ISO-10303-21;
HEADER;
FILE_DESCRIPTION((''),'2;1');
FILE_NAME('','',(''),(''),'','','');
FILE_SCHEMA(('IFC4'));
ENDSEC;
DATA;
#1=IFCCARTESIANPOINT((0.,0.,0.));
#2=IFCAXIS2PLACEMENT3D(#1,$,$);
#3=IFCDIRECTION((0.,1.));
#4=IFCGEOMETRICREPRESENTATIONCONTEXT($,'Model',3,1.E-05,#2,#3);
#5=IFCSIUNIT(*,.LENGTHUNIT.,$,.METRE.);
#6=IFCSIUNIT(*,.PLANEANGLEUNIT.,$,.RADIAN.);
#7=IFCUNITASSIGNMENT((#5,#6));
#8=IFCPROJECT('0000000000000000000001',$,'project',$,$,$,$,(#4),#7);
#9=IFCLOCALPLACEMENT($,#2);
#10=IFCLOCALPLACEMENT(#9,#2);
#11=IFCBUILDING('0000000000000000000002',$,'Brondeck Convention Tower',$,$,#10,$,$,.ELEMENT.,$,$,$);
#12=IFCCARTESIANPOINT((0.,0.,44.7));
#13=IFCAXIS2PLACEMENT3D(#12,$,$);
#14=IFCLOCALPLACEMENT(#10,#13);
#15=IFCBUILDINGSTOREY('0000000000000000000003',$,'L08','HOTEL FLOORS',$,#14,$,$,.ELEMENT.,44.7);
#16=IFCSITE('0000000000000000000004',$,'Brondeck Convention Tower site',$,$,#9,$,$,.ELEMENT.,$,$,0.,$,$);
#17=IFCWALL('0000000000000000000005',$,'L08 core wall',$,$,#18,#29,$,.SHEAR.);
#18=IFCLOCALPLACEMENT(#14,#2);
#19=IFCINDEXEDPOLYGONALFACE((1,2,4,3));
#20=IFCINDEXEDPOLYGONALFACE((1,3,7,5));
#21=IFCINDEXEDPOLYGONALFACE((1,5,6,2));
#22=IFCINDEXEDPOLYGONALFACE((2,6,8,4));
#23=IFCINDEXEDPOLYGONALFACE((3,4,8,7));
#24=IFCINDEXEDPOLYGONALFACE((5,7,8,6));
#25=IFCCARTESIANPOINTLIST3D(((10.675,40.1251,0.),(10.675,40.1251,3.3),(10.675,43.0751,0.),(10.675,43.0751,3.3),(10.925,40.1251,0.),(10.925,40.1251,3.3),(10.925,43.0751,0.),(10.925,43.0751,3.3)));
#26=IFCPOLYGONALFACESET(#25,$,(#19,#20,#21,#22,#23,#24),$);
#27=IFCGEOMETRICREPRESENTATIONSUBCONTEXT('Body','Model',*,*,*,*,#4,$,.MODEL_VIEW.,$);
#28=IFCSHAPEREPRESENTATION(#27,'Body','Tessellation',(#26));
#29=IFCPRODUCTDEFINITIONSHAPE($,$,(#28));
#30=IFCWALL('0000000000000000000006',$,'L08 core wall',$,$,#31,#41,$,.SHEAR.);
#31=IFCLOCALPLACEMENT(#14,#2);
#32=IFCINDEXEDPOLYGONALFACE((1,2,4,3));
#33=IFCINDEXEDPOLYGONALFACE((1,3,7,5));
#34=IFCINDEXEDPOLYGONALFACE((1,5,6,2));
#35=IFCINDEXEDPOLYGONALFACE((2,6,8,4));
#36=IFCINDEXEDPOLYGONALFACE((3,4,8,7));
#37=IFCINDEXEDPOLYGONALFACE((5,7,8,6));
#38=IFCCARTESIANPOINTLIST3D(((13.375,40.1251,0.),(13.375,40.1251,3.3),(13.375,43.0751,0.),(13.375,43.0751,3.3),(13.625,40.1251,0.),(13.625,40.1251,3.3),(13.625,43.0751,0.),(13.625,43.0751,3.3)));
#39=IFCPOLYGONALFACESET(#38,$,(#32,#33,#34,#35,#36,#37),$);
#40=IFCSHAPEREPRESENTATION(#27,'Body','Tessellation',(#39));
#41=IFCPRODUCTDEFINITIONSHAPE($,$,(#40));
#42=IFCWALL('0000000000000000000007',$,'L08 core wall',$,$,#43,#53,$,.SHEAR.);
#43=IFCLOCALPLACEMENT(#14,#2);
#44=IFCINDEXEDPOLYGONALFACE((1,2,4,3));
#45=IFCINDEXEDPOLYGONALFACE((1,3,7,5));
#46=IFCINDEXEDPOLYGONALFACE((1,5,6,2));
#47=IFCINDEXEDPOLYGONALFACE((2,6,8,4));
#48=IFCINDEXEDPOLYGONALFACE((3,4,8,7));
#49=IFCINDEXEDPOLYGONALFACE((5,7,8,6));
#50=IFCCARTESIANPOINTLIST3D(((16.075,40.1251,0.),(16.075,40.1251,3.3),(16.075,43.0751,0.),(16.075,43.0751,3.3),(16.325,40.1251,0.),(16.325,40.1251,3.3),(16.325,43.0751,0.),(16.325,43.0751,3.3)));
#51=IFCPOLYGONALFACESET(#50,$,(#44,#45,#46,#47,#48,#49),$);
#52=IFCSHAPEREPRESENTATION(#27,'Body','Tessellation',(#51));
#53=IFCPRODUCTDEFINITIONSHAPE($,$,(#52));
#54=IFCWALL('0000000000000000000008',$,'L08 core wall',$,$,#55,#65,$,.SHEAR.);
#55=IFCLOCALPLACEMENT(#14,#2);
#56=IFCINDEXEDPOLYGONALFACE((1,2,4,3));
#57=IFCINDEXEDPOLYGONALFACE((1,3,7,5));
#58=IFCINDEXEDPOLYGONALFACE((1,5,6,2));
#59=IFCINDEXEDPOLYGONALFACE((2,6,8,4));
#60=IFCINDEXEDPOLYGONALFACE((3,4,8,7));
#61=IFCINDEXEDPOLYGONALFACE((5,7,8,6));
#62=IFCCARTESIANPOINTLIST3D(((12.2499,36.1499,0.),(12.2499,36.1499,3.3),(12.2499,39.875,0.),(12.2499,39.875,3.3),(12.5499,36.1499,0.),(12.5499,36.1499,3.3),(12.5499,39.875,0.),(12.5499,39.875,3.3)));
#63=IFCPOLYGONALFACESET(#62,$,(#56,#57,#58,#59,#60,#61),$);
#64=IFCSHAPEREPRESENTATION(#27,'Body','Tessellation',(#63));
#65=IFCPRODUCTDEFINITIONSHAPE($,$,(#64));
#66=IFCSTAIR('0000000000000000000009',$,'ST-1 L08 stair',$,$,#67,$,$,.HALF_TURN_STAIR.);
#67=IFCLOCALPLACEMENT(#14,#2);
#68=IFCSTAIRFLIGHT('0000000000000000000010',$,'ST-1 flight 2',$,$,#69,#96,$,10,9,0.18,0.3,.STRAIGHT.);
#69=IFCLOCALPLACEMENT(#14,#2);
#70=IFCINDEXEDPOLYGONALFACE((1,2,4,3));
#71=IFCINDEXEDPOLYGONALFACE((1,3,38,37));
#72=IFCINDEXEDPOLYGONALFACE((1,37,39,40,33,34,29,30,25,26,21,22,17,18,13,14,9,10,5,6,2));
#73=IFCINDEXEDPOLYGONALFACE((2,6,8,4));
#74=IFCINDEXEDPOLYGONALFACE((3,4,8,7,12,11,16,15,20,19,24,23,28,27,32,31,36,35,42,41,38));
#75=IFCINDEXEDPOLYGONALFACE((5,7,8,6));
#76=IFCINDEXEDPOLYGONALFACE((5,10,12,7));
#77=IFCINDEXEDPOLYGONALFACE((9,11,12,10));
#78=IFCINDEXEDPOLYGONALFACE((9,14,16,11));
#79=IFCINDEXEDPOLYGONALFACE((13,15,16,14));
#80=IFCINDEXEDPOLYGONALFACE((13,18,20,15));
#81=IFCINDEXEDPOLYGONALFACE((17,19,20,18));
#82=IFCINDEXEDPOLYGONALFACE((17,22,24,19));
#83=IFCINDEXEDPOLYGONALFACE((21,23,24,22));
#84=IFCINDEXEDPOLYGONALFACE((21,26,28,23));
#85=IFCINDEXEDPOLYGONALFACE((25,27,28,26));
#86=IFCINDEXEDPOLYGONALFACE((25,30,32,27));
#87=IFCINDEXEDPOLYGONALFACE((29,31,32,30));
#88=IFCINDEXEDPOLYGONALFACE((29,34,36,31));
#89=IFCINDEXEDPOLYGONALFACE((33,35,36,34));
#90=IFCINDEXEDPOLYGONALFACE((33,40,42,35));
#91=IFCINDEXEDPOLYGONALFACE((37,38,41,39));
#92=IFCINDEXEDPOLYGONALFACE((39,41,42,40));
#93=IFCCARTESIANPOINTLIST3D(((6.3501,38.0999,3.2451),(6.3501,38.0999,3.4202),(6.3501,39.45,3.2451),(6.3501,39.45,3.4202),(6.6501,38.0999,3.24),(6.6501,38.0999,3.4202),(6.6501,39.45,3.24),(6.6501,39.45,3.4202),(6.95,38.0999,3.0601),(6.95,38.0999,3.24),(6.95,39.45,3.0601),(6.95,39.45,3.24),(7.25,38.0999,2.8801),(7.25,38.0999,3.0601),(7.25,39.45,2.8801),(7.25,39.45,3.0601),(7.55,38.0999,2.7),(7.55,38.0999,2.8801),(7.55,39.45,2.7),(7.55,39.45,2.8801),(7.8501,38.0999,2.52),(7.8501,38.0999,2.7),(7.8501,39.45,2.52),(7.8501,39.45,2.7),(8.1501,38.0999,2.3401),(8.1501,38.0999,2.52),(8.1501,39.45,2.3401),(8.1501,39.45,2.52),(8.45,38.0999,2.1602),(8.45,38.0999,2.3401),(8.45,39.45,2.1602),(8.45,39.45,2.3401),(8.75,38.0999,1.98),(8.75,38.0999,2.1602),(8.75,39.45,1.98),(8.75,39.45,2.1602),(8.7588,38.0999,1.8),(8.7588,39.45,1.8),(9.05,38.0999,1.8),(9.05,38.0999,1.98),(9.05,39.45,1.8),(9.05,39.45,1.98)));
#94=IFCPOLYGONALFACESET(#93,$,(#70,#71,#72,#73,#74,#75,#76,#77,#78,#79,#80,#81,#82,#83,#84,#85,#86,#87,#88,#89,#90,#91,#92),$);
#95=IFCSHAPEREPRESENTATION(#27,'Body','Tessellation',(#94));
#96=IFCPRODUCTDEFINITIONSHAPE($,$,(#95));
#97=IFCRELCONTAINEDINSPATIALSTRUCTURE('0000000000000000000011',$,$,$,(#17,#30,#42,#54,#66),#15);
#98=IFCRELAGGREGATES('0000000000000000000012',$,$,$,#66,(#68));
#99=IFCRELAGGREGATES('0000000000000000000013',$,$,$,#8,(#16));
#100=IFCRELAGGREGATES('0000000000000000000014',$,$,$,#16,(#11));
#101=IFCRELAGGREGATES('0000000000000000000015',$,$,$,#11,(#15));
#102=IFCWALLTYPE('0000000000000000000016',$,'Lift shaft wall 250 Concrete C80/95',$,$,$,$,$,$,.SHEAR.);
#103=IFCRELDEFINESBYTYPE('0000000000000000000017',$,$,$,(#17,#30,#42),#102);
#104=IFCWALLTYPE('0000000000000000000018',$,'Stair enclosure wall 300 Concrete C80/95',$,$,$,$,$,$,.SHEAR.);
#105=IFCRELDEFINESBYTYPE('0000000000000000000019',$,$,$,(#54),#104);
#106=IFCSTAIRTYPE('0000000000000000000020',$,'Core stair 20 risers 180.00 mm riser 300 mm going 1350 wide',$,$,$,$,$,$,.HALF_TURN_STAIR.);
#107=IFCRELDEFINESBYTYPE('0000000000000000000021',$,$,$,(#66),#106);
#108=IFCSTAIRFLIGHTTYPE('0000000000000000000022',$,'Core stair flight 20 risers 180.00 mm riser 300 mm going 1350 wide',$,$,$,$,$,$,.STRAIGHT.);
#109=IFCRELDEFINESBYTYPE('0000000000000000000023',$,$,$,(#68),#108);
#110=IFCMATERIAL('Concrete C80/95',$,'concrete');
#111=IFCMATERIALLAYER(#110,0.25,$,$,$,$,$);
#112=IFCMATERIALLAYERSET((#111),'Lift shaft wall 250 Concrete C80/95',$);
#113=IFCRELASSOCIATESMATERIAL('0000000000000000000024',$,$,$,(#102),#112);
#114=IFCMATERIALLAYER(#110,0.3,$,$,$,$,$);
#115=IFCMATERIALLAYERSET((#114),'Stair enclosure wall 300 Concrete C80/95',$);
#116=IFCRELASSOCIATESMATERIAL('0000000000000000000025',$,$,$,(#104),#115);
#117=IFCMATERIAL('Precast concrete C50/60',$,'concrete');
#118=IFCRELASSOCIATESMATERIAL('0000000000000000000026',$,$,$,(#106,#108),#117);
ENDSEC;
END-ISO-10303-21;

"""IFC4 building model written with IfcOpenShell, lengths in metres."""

from ifc_helpers import new_model, si_unit, direction, frame, frame_2d, origin, place, context, subcontext, project, spatial, polyline, rectangle, outline, extrude, material, layer, layer_set, type_object, element, aggregate, save


model = new_model("IFC4")

# Units and contexts
model_context = context("Model", 3, precision=1e-05, world=origin(), true_north=direction((0.0, 1.0)))
body_context = subcontext(model_context, "Body", "Model", "MODEL_VIEW")
ifc_project = project(units=[si_unit("LENGTHUNIT", "METRE"), si_unit("PLANEANGLEUNIT", "RADIAN")], contexts=[model_context])

# Site, building, storey
site_placement = place(None, origin())
site = spatial("IfcSite", under=ifc_project, at=site_placement, Name="Brondeck Convention Tower site", CompositionType="ELEMENT", RefElevation=0.0)
building_placement = place(site_placement, origin())
building = spatial("IfcBuilding", under=site, at=building_placement, Name="Brondeck Convention Tower", CompositionType="ELEMENT")
storey_placement = place(building_placement, frame((0.0, 0.0, 44.7)))
storey = spatial("IfcBuildingStorey", under=building, at=storey_placement, Name="L08", Description="HOTEL FLOORS", CompositionType="ELEMENT", Elevation=44.7)

# Shared definitions
ifc_material_1 = material(Name="Concrete C80/95", Category="concrete")

# Walls
ifc_layer_1 = layer(ifc_material_1, 0.25)
ifc_layer_set_1 = layer_set([ifc_layer_1], Name="Lift shaft wall 250 Concrete C80/95")
wall_type_1 = type_object("IfcWallType", Name="Lift shaft wall 250 Concrete C80/95", PredefinedType="SHEAR", material=ifc_layer_set_1)
for number, where, z_axis, x_axis, name in (
    (1, (10.8, 40.125, 0.0), (0.0, 0.0, 1.0), (0.0, 1.0, 0.0), "L08 core wall"),
    (2, (13.5, 40.125, 0.0), (0.0, 0.0, 1.0), (0.0, 1.0, 0.0), "L08 core wall"),
    (3, (16.2, 40.125, 0.0), (0.0, 0.0, 1.0), (0.0, 1.0, 0.0), "L08 core wall"),
):
    element("IfcWall", number, at=place(storey_placement, frame(where, z_axis=z_axis, x_axis=x_axis)), inside=storey, type_object=wall_type_1, Name=name, PredefinedType="SHEAR", context=body_context, shape_type="SweptSolid", body=[
        extrude(rectangle(XDim=2.95, YDim=0.25, at=frame_2d((1.4751, 0.0))), origin(), (0.0, 0.0, 1.0), 3.3),
    ])
ifc_layer_2 = layer(ifc_material_1, 0.3)
ifc_layer_set_2 = layer_set([ifc_layer_2], Name="Stair enclosure wall 300 Concrete C80/95")
wall_type_2 = type_object("IfcWallType", Name="Stair enclosure wall 300 Concrete C80/95", PredefinedType="SHEAR", material=ifc_layer_set_2)
wall_1_placement = place(storey_placement, frame((12.3999, 36.1499, 0.0), z_axis=(0.0, 0.0, 1.0), x_axis=(0.0, 1.0, 0.0)))
element("IfcWall", 4, at=wall_1_placement, inside=storey, type_object=wall_type_2, Name="L08 core wall", PredefinedType="SHEAR", context=body_context, shape_type="SweptSolid", body=[
    extrude(rectangle(XDim=3.7251, YDim=0.3, at=frame_2d((1.8625, 0.0))), origin(), (0.0, 0.0, 1.0), 3.3),
])

# Stair, stair flight
ifc_material_2 = material(Name="Precast concrete C50/60", Category="concrete")
stair_type = type_object("IfcStairType", Name="Core stair 20 risers 180.00 mm riser 300 mm going 1350 wide", PredefinedType="HALF_TURN_STAIR", material=ifc_material_2)
stair_placement = place(storey_placement, origin())
stair = element("IfcStair", 5, at=stair_placement, inside=storey, type_object=stair_type, Name="ST-1 L08 stair", PredefinedType="HALF_TURN_STAIR")
stair_flight_type = type_object("IfcStairFlightType", Name="Core stair flight 20 risers 180.00 mm riser 300 mm going 1350 wide", PredefinedType="STRAIGHT", material=ifc_material_2)
stair_flight_placement = place(storey_placement, frame((9.05, 38.7749, 1.8), z_axis=(0.0, 0.0, 1.0), x_axis=(-1.0, 0.0, 0.0)))
stair_flight = element("IfcStairFlight", 6, at=stair_flight_placement, type_object=stair_flight_type, Name="ST-1 flight 2", NumberOfRisers=10, NumberOfTreads=9, PredefinedType="STRAIGHT", RiserHeight=0.18, TreadLength=0.3, context=body_context, shape_type="SweptSolid", body=[
    extrude(outline(polyline([(0.0, 0.0), (0.0, 0.1799), (0.3, 0.1799), (0.3, 0.3601), (0.6001, 0.3601), (0.6001, 0.54), (0.8999, 0.54), (0.8999, 0.72), (1.2, 0.72), (1.2, 0.8999), (1.5, 0.8999), (1.5, 1.0801), (1.8, 1.0801), (1.8, 1.26), (2.1001, 1.26), (2.1001, 1.4399), (2.3999, 1.4399), (2.3999, 1.6201), (2.7, 1.6201), (2.7, 1.8), (2.7, 1.4451), (0.2913, 0.0), (0.0, 0.0)])), frame((0.0, 0.675, 0.0), z_axis=(0.0, -1.0, 0.0), x_axis=(1.0, 0.0, 0.0)), (0.0, 0.0, 1.0), 1.3501),
])
aggregate(stair, [stair_flight])

save(model, "model.ifc")
